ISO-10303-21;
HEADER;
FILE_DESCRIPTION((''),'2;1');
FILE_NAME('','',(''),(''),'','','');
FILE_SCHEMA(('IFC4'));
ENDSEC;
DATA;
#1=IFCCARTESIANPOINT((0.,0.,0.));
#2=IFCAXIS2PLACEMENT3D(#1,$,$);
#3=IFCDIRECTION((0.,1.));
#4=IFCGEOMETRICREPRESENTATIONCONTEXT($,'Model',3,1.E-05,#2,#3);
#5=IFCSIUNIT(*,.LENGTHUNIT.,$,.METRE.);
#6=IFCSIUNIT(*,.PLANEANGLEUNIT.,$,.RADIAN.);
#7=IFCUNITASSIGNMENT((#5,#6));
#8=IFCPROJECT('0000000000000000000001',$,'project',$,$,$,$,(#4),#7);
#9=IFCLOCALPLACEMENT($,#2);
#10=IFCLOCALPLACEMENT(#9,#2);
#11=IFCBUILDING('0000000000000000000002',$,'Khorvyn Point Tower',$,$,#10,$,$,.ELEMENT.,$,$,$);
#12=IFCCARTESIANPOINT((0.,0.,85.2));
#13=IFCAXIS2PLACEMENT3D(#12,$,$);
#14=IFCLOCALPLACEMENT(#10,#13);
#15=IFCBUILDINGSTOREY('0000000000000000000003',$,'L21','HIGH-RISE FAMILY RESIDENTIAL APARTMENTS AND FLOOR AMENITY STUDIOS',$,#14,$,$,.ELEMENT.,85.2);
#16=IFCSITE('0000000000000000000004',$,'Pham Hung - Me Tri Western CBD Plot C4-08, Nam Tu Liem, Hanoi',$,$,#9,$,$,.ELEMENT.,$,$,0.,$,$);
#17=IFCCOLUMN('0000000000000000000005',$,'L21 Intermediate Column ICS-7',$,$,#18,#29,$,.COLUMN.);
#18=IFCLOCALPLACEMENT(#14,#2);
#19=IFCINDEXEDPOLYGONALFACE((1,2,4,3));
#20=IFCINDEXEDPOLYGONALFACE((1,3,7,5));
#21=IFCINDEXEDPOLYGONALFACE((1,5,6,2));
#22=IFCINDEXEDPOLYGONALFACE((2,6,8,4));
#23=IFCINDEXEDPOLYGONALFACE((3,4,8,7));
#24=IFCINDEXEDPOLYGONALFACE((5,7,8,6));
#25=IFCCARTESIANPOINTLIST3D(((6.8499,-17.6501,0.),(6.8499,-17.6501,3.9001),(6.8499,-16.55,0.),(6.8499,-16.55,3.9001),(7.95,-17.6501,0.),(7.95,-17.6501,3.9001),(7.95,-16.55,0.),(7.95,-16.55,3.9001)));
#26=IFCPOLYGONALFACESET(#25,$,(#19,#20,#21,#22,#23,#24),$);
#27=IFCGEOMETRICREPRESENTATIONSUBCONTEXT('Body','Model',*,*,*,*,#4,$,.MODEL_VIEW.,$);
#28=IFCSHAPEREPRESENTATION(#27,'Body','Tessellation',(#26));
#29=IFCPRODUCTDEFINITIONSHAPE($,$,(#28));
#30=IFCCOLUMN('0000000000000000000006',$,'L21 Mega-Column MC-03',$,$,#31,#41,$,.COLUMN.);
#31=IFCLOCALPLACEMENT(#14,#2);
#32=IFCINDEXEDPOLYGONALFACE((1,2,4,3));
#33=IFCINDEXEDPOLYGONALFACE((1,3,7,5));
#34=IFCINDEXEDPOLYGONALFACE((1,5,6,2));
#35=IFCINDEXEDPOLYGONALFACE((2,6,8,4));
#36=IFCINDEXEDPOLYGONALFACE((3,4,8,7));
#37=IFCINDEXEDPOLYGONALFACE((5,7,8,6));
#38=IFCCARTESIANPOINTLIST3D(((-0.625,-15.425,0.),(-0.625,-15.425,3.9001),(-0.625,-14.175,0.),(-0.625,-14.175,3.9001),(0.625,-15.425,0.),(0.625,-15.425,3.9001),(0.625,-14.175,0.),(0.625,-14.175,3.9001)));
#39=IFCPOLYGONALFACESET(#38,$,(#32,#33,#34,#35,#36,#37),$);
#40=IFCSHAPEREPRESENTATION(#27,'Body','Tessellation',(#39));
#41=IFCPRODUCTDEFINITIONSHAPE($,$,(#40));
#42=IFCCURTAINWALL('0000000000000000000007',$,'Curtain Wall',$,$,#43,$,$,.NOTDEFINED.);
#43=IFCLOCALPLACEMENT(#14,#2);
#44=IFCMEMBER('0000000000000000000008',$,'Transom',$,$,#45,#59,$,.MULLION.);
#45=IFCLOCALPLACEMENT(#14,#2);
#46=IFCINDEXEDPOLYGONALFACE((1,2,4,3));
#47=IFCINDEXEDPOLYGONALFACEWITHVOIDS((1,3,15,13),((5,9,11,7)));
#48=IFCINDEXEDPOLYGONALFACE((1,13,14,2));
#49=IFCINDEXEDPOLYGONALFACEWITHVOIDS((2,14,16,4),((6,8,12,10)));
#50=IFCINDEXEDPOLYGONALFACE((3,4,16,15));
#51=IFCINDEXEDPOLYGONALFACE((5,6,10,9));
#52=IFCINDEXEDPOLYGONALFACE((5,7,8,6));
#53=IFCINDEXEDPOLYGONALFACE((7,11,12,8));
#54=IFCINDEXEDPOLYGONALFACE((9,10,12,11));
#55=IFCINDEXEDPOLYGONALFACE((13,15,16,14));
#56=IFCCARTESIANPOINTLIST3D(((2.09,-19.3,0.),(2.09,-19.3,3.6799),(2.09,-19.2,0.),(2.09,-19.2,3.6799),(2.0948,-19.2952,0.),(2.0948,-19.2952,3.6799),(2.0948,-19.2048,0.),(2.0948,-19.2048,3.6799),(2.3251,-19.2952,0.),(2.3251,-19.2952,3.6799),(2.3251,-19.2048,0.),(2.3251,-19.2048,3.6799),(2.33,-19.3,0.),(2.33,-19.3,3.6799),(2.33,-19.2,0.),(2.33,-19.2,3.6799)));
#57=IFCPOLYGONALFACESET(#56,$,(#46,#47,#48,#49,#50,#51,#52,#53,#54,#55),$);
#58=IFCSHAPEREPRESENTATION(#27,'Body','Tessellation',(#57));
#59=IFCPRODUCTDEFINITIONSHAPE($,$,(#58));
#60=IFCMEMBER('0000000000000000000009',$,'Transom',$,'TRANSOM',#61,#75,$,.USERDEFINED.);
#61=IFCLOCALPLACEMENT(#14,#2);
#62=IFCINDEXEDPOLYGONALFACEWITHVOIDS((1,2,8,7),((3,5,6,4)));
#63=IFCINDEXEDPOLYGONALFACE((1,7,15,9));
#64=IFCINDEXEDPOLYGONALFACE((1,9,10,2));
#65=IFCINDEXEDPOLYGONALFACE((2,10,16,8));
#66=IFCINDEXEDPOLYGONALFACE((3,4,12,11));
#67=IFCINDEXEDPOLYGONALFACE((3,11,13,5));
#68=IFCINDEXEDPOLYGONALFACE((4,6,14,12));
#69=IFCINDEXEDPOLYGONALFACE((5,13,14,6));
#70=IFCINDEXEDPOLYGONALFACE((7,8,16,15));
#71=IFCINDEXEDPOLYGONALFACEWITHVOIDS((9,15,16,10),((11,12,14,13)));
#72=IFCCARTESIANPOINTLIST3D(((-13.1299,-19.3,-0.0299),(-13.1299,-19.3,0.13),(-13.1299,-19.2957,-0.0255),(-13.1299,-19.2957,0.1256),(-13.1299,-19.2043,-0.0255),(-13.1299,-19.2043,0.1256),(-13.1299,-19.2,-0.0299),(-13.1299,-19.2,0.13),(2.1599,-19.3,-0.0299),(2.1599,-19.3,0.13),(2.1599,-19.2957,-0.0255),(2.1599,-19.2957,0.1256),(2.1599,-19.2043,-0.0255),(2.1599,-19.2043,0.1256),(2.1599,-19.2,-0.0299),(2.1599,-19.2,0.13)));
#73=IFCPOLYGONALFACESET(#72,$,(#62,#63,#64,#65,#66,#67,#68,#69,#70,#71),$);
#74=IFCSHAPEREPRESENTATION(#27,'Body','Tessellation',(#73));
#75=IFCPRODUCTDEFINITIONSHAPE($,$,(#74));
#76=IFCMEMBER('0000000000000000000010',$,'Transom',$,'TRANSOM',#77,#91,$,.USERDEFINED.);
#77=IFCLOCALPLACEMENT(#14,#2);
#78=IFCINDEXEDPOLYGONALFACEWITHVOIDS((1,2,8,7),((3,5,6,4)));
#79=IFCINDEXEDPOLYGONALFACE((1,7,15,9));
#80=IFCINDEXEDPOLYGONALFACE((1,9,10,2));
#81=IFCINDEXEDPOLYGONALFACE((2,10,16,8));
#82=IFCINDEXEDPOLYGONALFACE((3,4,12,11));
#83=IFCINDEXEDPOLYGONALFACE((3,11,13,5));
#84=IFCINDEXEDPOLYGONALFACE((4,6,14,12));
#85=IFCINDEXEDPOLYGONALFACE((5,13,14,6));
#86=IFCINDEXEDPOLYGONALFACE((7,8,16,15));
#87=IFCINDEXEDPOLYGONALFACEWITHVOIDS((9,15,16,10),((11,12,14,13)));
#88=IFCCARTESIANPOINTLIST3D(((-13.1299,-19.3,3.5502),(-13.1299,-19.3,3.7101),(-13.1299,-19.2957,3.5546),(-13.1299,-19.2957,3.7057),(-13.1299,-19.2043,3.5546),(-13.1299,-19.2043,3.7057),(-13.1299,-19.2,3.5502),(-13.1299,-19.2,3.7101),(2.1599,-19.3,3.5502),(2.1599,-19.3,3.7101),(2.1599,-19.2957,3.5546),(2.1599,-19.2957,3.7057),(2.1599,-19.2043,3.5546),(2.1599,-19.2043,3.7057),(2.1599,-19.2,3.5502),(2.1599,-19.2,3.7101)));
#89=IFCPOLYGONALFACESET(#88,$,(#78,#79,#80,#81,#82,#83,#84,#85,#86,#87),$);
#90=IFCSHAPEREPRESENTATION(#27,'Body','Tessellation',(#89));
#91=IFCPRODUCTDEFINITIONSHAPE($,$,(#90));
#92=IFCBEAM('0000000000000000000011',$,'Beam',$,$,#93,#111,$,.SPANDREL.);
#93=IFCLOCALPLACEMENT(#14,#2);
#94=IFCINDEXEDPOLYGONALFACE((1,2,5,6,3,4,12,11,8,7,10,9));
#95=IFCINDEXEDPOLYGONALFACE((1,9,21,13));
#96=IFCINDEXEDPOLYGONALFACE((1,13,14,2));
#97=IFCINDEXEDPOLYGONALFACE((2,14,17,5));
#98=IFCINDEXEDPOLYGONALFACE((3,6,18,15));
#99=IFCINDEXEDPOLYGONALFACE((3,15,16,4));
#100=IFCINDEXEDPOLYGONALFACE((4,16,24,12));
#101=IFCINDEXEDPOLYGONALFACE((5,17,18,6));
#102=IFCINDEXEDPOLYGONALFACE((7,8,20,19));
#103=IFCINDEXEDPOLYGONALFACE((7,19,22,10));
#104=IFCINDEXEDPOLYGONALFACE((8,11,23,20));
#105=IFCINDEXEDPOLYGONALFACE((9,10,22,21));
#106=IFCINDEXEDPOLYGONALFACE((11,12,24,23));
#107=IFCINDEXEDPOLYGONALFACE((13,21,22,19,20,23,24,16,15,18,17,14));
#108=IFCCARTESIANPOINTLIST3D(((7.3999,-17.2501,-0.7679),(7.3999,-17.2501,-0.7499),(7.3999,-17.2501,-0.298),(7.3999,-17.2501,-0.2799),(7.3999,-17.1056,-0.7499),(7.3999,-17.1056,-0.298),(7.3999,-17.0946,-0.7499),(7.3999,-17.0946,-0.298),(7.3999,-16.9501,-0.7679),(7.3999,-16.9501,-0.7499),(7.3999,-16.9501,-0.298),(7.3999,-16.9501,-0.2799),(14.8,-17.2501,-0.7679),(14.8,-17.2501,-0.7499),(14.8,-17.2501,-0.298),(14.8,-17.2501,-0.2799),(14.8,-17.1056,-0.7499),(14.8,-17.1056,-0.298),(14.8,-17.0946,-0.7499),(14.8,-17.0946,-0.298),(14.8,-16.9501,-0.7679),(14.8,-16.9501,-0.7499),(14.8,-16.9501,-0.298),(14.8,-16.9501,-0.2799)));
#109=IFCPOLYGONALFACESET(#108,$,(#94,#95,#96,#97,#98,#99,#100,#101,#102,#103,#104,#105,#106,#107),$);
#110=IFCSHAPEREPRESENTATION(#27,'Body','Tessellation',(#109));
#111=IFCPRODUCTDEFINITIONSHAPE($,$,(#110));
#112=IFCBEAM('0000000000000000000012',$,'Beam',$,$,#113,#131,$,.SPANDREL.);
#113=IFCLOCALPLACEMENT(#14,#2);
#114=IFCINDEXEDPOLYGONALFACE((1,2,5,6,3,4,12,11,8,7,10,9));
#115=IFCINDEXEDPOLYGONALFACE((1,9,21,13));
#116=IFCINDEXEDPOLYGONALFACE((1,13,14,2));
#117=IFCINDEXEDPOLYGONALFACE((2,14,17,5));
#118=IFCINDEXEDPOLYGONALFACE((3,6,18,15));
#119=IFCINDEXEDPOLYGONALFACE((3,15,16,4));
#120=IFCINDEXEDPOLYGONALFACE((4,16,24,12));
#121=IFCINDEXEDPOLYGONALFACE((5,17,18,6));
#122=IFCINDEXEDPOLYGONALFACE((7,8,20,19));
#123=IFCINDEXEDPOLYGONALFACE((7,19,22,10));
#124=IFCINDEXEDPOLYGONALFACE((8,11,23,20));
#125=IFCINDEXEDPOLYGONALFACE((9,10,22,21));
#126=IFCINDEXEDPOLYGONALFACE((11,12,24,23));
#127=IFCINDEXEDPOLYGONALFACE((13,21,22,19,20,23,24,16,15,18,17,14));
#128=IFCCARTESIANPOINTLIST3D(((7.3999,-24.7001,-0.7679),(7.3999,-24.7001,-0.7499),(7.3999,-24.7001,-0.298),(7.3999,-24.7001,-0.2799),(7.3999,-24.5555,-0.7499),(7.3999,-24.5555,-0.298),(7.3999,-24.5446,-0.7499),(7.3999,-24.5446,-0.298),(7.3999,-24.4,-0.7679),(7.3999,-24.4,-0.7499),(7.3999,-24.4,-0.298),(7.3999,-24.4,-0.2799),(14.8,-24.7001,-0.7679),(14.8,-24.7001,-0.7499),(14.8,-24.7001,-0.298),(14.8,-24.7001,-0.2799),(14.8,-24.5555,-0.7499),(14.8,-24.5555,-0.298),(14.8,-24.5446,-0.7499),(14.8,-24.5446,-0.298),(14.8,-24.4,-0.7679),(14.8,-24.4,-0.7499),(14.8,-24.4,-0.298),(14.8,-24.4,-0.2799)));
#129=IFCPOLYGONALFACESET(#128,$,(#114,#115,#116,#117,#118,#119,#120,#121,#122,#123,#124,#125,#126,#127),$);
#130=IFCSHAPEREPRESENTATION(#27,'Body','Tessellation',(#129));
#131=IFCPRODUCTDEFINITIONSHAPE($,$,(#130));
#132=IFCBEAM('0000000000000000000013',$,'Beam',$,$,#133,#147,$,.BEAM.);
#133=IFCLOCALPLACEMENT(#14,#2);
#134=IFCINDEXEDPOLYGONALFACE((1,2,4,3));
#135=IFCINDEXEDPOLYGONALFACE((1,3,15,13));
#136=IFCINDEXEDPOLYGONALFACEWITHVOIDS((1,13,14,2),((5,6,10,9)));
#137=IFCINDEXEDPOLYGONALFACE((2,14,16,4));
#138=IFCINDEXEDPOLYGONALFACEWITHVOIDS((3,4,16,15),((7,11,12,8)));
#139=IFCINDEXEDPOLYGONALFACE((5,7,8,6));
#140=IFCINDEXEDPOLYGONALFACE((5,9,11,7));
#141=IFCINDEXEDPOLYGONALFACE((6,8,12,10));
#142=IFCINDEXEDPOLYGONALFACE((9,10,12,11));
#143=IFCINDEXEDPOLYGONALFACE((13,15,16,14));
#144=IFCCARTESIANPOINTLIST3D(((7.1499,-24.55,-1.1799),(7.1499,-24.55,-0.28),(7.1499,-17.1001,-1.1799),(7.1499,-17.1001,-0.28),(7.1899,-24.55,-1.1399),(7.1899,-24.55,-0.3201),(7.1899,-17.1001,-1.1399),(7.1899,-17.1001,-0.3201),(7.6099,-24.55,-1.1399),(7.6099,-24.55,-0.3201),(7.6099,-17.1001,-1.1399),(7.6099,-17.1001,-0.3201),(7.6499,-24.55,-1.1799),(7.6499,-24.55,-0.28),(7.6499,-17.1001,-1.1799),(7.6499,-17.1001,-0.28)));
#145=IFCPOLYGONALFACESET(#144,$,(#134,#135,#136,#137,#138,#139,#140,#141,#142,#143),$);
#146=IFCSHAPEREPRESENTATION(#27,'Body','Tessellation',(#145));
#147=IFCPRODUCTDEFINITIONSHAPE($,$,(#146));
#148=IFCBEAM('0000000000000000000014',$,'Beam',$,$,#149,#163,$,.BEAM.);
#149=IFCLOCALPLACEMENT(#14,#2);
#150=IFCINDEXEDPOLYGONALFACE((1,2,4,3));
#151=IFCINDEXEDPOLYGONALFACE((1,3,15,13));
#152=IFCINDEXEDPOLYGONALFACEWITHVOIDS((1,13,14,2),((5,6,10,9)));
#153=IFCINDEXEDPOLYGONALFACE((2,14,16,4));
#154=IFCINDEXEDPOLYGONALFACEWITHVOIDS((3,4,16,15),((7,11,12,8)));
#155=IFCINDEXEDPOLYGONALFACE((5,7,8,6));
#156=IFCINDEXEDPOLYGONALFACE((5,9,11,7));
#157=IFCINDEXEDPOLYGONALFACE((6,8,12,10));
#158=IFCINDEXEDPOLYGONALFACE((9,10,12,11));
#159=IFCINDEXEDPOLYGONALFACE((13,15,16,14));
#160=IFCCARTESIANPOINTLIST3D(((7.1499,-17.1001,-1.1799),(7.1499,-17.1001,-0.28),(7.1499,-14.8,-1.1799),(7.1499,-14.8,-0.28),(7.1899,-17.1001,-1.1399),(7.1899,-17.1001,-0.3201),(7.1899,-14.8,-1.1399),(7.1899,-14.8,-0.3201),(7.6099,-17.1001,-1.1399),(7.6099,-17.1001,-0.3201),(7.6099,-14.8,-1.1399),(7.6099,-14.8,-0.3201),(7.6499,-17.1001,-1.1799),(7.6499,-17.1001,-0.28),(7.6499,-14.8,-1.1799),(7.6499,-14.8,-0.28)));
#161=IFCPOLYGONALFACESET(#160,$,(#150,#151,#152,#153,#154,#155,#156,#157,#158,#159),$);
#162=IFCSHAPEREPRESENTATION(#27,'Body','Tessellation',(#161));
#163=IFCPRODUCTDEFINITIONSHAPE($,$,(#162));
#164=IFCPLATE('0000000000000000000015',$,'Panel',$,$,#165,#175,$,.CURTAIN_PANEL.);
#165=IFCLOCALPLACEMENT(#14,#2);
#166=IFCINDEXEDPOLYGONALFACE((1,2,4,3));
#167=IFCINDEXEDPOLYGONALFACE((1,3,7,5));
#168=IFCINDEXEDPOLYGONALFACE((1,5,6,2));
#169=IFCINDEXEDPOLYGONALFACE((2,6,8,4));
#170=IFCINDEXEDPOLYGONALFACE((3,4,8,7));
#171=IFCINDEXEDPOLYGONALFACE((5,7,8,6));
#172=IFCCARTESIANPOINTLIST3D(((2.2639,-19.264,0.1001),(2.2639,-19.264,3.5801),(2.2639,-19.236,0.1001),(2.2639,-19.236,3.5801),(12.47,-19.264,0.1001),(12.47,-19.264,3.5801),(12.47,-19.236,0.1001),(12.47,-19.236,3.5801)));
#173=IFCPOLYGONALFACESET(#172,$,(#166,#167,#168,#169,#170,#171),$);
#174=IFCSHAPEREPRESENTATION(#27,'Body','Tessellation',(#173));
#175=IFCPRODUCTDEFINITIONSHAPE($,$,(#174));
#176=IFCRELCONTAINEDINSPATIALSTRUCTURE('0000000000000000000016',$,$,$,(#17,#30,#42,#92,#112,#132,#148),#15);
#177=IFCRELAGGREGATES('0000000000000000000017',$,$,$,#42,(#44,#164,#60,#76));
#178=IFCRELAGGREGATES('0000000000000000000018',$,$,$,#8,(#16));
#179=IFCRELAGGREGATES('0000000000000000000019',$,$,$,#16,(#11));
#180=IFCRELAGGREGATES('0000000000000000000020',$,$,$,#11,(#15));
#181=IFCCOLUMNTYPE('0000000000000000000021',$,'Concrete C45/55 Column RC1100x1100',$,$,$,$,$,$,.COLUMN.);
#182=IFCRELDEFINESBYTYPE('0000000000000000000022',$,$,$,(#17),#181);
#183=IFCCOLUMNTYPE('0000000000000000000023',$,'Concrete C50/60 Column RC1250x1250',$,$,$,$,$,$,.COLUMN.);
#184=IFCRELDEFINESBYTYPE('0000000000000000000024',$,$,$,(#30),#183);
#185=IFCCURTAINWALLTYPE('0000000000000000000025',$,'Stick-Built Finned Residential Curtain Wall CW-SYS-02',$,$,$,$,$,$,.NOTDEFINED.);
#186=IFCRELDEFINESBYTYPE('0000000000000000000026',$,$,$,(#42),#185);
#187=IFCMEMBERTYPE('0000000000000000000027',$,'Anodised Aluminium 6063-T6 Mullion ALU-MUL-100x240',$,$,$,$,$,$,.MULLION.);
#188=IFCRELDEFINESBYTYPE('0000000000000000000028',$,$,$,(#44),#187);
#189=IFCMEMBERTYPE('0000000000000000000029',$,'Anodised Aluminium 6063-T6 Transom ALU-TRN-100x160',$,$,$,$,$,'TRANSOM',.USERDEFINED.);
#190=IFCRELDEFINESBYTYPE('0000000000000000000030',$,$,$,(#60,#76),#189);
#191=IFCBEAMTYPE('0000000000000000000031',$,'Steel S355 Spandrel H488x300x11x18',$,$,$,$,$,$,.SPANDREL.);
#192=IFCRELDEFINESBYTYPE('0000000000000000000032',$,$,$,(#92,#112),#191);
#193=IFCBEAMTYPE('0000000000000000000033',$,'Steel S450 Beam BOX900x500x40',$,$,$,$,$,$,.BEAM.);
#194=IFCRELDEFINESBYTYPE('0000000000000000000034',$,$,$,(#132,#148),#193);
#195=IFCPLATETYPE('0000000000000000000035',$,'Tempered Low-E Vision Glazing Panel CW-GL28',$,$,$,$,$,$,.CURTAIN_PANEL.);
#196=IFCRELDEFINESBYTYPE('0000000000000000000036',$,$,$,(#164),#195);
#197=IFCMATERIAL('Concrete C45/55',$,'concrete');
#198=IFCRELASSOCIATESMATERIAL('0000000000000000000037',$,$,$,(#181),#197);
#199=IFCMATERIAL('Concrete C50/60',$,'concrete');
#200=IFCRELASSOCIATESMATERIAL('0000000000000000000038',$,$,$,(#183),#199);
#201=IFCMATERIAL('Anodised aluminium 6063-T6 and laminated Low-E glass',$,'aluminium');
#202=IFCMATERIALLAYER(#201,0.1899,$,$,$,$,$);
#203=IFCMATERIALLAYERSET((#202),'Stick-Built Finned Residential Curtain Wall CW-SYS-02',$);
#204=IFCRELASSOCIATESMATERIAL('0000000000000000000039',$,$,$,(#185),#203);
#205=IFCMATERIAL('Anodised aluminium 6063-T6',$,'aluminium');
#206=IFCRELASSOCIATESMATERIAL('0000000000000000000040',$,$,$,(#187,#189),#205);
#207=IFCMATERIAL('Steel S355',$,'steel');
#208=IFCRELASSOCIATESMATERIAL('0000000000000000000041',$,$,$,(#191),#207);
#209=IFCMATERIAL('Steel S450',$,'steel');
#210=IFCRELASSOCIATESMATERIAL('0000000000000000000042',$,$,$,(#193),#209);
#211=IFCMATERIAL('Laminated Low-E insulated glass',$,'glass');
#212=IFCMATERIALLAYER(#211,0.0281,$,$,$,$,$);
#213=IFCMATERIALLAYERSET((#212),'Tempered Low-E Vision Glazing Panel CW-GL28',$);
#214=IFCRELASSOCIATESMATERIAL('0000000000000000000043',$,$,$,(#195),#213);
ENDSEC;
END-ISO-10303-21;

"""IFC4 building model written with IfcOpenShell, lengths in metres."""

from ifc_helpers import new_model, si_unit, direction, frame, origin, origin_2d, place, context, subcontext, project, spatial, rectangle, hollow_rectangle, i_section, extrude, material, layer, layer_set, material_profile, profile_set, type_object, element, aggregate, save


model = new_model("IFC4")

# Units and contexts
model_context = context("Model", 3, precision=1e-05, world=origin(), true_north=direction((0.0, 1.0)))
body_context = subcontext(model_context, "Body", "Model", "MODEL_VIEW")
ifc_project = project(units=[si_unit("LENGTHUNIT", "METRE"), si_unit("PLANEANGLEUNIT", "RADIAN")], contexts=[model_context])

# Site, building, storey
site_placement = place(None, origin())
site = spatial("IfcSite", under=ifc_project, at=site_placement, Name="Pham Hung - Me Tri Western CBD Plot C4-08, Nam Tu Liem, Hanoi", CompositionType="ELEMENT", RefElevation=0.0)
building_placement = place(site_placement, origin())
building = spatial("IfcBuilding", under=site, at=building_placement, Name="Khorvyn Point Tower", CompositionType="ELEMENT")
storey_placement = place(building_placement, frame((0.0, 0.0, 85.2)))
storey = spatial("IfcBuildingStorey", under=building, at=storey_placement, Name="L21", Description="HIGH-RISE FAMILY RESIDENTIAL APARTMENTS AND FLOOR AMENITY STUDIOS", CompositionType="ELEMENT", Elevation=85.2)

# Columns
ifc_material_1 = material(Name="Concrete C45/55", Category="concrete")
ifc_material_profile_1 = material_profile(ifc_material_1, rectangle(XDim=1.1001, YDim=1.1001, at=origin_2d()))
ifc_profile_set_1 = profile_set([ifc_material_profile_1], Name="Concrete C45/55 RC1100x1100")
column_type_1 = type_object("IfcColumnType", Name="Concrete C45/55 Column RC1100x1100", PredefinedType="COLUMN", material=ifc_profile_set_1)
column_1_placement = place(storey_placement, frame((7.3999, -17.1001, 0.0), z_axis=(0.0, 0.0, 1.0), x_axis=(1.0, 0.0, 0.0)))
element("IfcColumn", 1, at=column_1_placement, inside=storey, type_object=column_type_1, Name="L21 Intermediate Column ICS-7", PredefinedType="COLUMN", context=body_context, shape_type="SweptSolid", body=[
    extrude(rectangle(XDim=1.1001, YDim=1.1001, at=origin_2d()), origin(), (0.0, 0.0, 1.0), 3.9001),
])
ifc_material_2 = material(Name="Concrete C50/60", Category="concrete")
ifc_material_profile_2 = material_profile(ifc_material_2, rectangle(XDim=1.25, YDim=1.25, at=origin_2d()))
ifc_profile_set_2 = profile_set([ifc_material_profile_2], Name="Concrete C50/60 RC1250x1250")
column_type_2 = type_object("IfcColumnType", Name="Concrete C50/60 Column RC1250x1250", PredefinedType="COLUMN", material=ifc_profile_set_2)
column_2_placement = place(storey_placement, frame((0.0, -14.8, 0.0), z_axis=(0.0, 0.0, 1.0), x_axis=(1.0, 0.0, 0.0)))
element("IfcColumn", 2, at=column_2_placement, inside=storey, type_object=column_type_2, Name="L21 Mega-Column MC-03", PredefinedType="COLUMN", context=body_context, shape_type="SweptSolid", body=[
    extrude(rectangle(XDim=1.25, YDim=1.25, at=origin_2d()), origin(), (0.0, 0.0, 1.0), 3.9001),
])

# Curtain wall, members
ifc_material_3 = material(Name="Anodised aluminium 6063-T6 and laminated Low-E glass", Category="aluminium")
ifc_layer_1 = layer(ifc_material_3, 0.1899)
ifc_layer_set_1 = layer_set([ifc_layer_1], Name="Stick-Built Finned Residential Curtain Wall CW-SYS-02")
curtain_wall_type = type_object("IfcCurtainWallType", Name="Stick-Built Finned Residential Curtain Wall CW-SYS-02", PredefinedType="NOTDEFINED", material=ifc_layer_set_1)
curtain_wall_placement = place(storey_placement, origin())
curtain_wall = element("IfcCurtainWall", 3, at=curtain_wall_placement, inside=storey, type_object=curtain_wall_type, Name="Curtain Wall", PredefinedType="NOTDEFINED")
ifc_material_4 = material(Name="Anodised aluminium 6063-T6", Category="aluminium")
ifc_material_profile_3 = material_profile(ifc_material_4, hollow_rectangle(XDim=0.1001, YDim=0.24, WallThickness=0.0049, at=origin_2d()))
ifc_profile_set_3 = profile_set([ifc_material_profile_3], Name="Anodised aluminium 6063-T6 ALU-MUL-100x240")
member_type_1 = type_object("IfcMemberType", Name="Anodised Aluminium 6063-T6 Mullion ALU-MUL-100x240", PredefinedType="MULLION", material=ifc_profile_set_3)
member_1_placement = place(storey_placement, frame((2.21, -19.25, 0.0), z_axis=(0.0, 0.0, 1.0), x_axis=(0.0, -1.0, 0.0)))
member_1 = element("IfcMember", 4, at=member_1_placement, type_object=member_type_1, Name="Transom", PredefinedType="MULLION", context=body_context, shape_type="SweptSolid", body=[
    extrude(hollow_rectangle(XDim=0.1001, YDim=0.24, WallThickness=0.0049, at=origin_2d()), origin(), (0.0, 0.0, 1.0), 3.6799),
])
ifc_material_profile_4 = material_profile(ifc_material_4, hollow_rectangle(XDim=0.1001, YDim=0.1599, WallThickness=0.0044, at=origin_2d()))
ifc_profile_set_4 = profile_set([ifc_material_profile_4], Name="Anodised aluminium 6063-T6 ALU-TRN-100x160")
member_type_2 = type_object("IfcMemberType", Name="Anodised Aluminium 6063-T6 Transom ALU-TRN-100x160", ElementType="TRANSOM", PredefinedType="USERDEFINED", material=ifc_profile_set_4)
member_2_placement = place(storey_placement, frame((2.1599, -19.25, 0.05), z_axis=(-1.0, 0.0, 0.0), x_axis=(0.0, -1.0, 0.0)))
member_2 = element("IfcMember", 5, at=member_2_placement, type_object=member_type_2, Name="Transom", ObjectType="TRANSOM", PredefinedType="USERDEFINED", context=body_context, shape_type="SweptSolid", body=[
    extrude(hollow_rectangle(XDim=0.1001, YDim=0.1599, WallThickness=0.0044, at=origin_2d()), origin(), (0.0, 0.0, 1.0), 15.2898),
])
member_3_placement = place(storey_placement, frame((2.1599, -19.25, 3.6301), z_axis=(-1.0, 0.0, 0.0), x_axis=(0.0, -1.0, 0.0)))
member_3 = element("IfcMember", 6, at=member_3_placement, type_object=member_type_2, Name="Transom", ObjectType="TRANSOM", PredefinedType="USERDEFINED", context=body_context, shape_type="SweptSolid", body=[
    extrude(hollow_rectangle(XDim=0.1001, YDim=0.1599, WallThickness=0.0044, at=origin_2d()), origin(), (0.0, 0.0, 1.0), 15.2898),
])

# Beams
ifc_material_5 = material(Name="Steel S355", Category="steel")
ifc_material_profile_5 = material_profile(ifc_material_5, i_section(OverallWidth=0.3, OverallDepth=0.488, WebThickness=0.011, FlangeThickness=0.0181, at=origin_2d()))
ifc_profile_set_5 = profile_set([ifc_material_profile_5], Name="Steel S355 H488x300x11x18")
beam_type_1 = type_object("IfcBeamType", Name="Steel S355 Spandrel H488x300x11x18", PredefinedType="SPANDREL", material=ifc_profile_set_5)
for number, where, z_axis, x_axis, name in (
    (7, (7.3999, -17.1001, -0.5239), (1.0, 0.0, 0.0), (0.0, 1.0, 0.0), "Beam"),
    (8, (7.3999, -24.55, -0.5239), (1.0, 0.0, 0.0), (0.0, 1.0, 0.0), "Beam"),
):
    element("IfcBeam", number, at=place(storey_placement, frame(where, z_axis=z_axis, x_axis=x_axis)), inside=storey, type_object=beam_type_1, Name=name, PredefinedType="SPANDREL", context=body_context, shape_type="SweptSolid", body=[
        extrude(i_section(OverallWidth=0.3, OverallDepth=0.488, WebThickness=0.011, FlangeThickness=0.0181, at=origin_2d()), origin(), (0.0, 0.0, 1.0), 7.4001),
    ])
ifc_material_6 = material(Name="Steel S450", Category="steel")
ifc_material_profile_6 = material_profile(ifc_material_6, hollow_rectangle(XDim=0.5, YDim=0.8999, WallThickness=0.04, at=origin_2d()))
ifc_profile_set_6 = profile_set([ifc_material_profile_6], Name="Steel S450 BOX900x500x40")
beam_type_2 = type_object("IfcBeamType", Name="Steel S450 Beam BOX900x500x40", PredefinedType="BEAM", material=ifc_profile_set_6)
beam_1_placement = place(storey_placement, frame((7.3999, -24.55, -0.73), z_axis=(0.0, 1.0, 0.0), x_axis=(-1.0, 0.0, 0.0)))
element("IfcBeam", 9, at=beam_1_placement, inside=storey, type_object=beam_type_2, Name="Beam", PredefinedType="BEAM", context=body_context, shape_type="SweptSolid", body=[
    extrude(hollow_rectangle(XDim=0.5, YDim=0.8999, WallThickness=0.04, at=origin_2d()), origin(), (0.0, 0.0, 1.0), 7.45),
])
beam_2_placement = place(storey_placement, frame((7.3999, -17.1001, -0.73), z_axis=(0.0, 1.0, 0.0), x_axis=(-1.0, 0.0, 0.0)))
element("IfcBeam", 10, at=beam_2_placement, inside=storey, type_object=beam_type_2, Name="Beam", PredefinedType="BEAM", context=body_context, shape_type="SweptSolid", body=[
    extrude(hollow_rectangle(XDim=0.5, YDim=0.8999, WallThickness=0.04, at=origin_2d()), origin(), (0.0, 0.0, 1.0), 2.3),
])

# Plate
ifc_material_7 = material(Name="Laminated Low-E insulated glass", Category="glass")
ifc_layer_2 = layer(ifc_material_7, 0.0281)
ifc_layer_set_2 = layer_set([ifc_layer_2], Name="Tempered Low-E Vision Glazing Panel CW-GL28")
plate_type = type_object("IfcPlateType", Name="Tempered Low-E Vision Glazing Panel CW-GL28", PredefinedType="CURTAIN_PANEL", material=ifc_layer_set_2)
plate_placement = place(storey_placement, frame((7.3669, -19.25, 0.1001), z_axis=(0.0, 0.0, 1.0), x_axis=(-1.0, 0.0, 0.0)))
plate = element("IfcPlate", 11, at=plate_placement, type_object=plate_type, Name="Panel", PredefinedType="CURTAIN_PANEL", context=body_context, shape_type="SweptSolid", body=[
    extrude(rectangle(XDim=10.2061, YDim=0.0281, at=origin_2d()), origin(), (0.0, 0.0, 1.0), 3.48),
])
aggregate(curtain_wall, [member_1, plate, member_2, member_3])

save(model, "model.ifc")
